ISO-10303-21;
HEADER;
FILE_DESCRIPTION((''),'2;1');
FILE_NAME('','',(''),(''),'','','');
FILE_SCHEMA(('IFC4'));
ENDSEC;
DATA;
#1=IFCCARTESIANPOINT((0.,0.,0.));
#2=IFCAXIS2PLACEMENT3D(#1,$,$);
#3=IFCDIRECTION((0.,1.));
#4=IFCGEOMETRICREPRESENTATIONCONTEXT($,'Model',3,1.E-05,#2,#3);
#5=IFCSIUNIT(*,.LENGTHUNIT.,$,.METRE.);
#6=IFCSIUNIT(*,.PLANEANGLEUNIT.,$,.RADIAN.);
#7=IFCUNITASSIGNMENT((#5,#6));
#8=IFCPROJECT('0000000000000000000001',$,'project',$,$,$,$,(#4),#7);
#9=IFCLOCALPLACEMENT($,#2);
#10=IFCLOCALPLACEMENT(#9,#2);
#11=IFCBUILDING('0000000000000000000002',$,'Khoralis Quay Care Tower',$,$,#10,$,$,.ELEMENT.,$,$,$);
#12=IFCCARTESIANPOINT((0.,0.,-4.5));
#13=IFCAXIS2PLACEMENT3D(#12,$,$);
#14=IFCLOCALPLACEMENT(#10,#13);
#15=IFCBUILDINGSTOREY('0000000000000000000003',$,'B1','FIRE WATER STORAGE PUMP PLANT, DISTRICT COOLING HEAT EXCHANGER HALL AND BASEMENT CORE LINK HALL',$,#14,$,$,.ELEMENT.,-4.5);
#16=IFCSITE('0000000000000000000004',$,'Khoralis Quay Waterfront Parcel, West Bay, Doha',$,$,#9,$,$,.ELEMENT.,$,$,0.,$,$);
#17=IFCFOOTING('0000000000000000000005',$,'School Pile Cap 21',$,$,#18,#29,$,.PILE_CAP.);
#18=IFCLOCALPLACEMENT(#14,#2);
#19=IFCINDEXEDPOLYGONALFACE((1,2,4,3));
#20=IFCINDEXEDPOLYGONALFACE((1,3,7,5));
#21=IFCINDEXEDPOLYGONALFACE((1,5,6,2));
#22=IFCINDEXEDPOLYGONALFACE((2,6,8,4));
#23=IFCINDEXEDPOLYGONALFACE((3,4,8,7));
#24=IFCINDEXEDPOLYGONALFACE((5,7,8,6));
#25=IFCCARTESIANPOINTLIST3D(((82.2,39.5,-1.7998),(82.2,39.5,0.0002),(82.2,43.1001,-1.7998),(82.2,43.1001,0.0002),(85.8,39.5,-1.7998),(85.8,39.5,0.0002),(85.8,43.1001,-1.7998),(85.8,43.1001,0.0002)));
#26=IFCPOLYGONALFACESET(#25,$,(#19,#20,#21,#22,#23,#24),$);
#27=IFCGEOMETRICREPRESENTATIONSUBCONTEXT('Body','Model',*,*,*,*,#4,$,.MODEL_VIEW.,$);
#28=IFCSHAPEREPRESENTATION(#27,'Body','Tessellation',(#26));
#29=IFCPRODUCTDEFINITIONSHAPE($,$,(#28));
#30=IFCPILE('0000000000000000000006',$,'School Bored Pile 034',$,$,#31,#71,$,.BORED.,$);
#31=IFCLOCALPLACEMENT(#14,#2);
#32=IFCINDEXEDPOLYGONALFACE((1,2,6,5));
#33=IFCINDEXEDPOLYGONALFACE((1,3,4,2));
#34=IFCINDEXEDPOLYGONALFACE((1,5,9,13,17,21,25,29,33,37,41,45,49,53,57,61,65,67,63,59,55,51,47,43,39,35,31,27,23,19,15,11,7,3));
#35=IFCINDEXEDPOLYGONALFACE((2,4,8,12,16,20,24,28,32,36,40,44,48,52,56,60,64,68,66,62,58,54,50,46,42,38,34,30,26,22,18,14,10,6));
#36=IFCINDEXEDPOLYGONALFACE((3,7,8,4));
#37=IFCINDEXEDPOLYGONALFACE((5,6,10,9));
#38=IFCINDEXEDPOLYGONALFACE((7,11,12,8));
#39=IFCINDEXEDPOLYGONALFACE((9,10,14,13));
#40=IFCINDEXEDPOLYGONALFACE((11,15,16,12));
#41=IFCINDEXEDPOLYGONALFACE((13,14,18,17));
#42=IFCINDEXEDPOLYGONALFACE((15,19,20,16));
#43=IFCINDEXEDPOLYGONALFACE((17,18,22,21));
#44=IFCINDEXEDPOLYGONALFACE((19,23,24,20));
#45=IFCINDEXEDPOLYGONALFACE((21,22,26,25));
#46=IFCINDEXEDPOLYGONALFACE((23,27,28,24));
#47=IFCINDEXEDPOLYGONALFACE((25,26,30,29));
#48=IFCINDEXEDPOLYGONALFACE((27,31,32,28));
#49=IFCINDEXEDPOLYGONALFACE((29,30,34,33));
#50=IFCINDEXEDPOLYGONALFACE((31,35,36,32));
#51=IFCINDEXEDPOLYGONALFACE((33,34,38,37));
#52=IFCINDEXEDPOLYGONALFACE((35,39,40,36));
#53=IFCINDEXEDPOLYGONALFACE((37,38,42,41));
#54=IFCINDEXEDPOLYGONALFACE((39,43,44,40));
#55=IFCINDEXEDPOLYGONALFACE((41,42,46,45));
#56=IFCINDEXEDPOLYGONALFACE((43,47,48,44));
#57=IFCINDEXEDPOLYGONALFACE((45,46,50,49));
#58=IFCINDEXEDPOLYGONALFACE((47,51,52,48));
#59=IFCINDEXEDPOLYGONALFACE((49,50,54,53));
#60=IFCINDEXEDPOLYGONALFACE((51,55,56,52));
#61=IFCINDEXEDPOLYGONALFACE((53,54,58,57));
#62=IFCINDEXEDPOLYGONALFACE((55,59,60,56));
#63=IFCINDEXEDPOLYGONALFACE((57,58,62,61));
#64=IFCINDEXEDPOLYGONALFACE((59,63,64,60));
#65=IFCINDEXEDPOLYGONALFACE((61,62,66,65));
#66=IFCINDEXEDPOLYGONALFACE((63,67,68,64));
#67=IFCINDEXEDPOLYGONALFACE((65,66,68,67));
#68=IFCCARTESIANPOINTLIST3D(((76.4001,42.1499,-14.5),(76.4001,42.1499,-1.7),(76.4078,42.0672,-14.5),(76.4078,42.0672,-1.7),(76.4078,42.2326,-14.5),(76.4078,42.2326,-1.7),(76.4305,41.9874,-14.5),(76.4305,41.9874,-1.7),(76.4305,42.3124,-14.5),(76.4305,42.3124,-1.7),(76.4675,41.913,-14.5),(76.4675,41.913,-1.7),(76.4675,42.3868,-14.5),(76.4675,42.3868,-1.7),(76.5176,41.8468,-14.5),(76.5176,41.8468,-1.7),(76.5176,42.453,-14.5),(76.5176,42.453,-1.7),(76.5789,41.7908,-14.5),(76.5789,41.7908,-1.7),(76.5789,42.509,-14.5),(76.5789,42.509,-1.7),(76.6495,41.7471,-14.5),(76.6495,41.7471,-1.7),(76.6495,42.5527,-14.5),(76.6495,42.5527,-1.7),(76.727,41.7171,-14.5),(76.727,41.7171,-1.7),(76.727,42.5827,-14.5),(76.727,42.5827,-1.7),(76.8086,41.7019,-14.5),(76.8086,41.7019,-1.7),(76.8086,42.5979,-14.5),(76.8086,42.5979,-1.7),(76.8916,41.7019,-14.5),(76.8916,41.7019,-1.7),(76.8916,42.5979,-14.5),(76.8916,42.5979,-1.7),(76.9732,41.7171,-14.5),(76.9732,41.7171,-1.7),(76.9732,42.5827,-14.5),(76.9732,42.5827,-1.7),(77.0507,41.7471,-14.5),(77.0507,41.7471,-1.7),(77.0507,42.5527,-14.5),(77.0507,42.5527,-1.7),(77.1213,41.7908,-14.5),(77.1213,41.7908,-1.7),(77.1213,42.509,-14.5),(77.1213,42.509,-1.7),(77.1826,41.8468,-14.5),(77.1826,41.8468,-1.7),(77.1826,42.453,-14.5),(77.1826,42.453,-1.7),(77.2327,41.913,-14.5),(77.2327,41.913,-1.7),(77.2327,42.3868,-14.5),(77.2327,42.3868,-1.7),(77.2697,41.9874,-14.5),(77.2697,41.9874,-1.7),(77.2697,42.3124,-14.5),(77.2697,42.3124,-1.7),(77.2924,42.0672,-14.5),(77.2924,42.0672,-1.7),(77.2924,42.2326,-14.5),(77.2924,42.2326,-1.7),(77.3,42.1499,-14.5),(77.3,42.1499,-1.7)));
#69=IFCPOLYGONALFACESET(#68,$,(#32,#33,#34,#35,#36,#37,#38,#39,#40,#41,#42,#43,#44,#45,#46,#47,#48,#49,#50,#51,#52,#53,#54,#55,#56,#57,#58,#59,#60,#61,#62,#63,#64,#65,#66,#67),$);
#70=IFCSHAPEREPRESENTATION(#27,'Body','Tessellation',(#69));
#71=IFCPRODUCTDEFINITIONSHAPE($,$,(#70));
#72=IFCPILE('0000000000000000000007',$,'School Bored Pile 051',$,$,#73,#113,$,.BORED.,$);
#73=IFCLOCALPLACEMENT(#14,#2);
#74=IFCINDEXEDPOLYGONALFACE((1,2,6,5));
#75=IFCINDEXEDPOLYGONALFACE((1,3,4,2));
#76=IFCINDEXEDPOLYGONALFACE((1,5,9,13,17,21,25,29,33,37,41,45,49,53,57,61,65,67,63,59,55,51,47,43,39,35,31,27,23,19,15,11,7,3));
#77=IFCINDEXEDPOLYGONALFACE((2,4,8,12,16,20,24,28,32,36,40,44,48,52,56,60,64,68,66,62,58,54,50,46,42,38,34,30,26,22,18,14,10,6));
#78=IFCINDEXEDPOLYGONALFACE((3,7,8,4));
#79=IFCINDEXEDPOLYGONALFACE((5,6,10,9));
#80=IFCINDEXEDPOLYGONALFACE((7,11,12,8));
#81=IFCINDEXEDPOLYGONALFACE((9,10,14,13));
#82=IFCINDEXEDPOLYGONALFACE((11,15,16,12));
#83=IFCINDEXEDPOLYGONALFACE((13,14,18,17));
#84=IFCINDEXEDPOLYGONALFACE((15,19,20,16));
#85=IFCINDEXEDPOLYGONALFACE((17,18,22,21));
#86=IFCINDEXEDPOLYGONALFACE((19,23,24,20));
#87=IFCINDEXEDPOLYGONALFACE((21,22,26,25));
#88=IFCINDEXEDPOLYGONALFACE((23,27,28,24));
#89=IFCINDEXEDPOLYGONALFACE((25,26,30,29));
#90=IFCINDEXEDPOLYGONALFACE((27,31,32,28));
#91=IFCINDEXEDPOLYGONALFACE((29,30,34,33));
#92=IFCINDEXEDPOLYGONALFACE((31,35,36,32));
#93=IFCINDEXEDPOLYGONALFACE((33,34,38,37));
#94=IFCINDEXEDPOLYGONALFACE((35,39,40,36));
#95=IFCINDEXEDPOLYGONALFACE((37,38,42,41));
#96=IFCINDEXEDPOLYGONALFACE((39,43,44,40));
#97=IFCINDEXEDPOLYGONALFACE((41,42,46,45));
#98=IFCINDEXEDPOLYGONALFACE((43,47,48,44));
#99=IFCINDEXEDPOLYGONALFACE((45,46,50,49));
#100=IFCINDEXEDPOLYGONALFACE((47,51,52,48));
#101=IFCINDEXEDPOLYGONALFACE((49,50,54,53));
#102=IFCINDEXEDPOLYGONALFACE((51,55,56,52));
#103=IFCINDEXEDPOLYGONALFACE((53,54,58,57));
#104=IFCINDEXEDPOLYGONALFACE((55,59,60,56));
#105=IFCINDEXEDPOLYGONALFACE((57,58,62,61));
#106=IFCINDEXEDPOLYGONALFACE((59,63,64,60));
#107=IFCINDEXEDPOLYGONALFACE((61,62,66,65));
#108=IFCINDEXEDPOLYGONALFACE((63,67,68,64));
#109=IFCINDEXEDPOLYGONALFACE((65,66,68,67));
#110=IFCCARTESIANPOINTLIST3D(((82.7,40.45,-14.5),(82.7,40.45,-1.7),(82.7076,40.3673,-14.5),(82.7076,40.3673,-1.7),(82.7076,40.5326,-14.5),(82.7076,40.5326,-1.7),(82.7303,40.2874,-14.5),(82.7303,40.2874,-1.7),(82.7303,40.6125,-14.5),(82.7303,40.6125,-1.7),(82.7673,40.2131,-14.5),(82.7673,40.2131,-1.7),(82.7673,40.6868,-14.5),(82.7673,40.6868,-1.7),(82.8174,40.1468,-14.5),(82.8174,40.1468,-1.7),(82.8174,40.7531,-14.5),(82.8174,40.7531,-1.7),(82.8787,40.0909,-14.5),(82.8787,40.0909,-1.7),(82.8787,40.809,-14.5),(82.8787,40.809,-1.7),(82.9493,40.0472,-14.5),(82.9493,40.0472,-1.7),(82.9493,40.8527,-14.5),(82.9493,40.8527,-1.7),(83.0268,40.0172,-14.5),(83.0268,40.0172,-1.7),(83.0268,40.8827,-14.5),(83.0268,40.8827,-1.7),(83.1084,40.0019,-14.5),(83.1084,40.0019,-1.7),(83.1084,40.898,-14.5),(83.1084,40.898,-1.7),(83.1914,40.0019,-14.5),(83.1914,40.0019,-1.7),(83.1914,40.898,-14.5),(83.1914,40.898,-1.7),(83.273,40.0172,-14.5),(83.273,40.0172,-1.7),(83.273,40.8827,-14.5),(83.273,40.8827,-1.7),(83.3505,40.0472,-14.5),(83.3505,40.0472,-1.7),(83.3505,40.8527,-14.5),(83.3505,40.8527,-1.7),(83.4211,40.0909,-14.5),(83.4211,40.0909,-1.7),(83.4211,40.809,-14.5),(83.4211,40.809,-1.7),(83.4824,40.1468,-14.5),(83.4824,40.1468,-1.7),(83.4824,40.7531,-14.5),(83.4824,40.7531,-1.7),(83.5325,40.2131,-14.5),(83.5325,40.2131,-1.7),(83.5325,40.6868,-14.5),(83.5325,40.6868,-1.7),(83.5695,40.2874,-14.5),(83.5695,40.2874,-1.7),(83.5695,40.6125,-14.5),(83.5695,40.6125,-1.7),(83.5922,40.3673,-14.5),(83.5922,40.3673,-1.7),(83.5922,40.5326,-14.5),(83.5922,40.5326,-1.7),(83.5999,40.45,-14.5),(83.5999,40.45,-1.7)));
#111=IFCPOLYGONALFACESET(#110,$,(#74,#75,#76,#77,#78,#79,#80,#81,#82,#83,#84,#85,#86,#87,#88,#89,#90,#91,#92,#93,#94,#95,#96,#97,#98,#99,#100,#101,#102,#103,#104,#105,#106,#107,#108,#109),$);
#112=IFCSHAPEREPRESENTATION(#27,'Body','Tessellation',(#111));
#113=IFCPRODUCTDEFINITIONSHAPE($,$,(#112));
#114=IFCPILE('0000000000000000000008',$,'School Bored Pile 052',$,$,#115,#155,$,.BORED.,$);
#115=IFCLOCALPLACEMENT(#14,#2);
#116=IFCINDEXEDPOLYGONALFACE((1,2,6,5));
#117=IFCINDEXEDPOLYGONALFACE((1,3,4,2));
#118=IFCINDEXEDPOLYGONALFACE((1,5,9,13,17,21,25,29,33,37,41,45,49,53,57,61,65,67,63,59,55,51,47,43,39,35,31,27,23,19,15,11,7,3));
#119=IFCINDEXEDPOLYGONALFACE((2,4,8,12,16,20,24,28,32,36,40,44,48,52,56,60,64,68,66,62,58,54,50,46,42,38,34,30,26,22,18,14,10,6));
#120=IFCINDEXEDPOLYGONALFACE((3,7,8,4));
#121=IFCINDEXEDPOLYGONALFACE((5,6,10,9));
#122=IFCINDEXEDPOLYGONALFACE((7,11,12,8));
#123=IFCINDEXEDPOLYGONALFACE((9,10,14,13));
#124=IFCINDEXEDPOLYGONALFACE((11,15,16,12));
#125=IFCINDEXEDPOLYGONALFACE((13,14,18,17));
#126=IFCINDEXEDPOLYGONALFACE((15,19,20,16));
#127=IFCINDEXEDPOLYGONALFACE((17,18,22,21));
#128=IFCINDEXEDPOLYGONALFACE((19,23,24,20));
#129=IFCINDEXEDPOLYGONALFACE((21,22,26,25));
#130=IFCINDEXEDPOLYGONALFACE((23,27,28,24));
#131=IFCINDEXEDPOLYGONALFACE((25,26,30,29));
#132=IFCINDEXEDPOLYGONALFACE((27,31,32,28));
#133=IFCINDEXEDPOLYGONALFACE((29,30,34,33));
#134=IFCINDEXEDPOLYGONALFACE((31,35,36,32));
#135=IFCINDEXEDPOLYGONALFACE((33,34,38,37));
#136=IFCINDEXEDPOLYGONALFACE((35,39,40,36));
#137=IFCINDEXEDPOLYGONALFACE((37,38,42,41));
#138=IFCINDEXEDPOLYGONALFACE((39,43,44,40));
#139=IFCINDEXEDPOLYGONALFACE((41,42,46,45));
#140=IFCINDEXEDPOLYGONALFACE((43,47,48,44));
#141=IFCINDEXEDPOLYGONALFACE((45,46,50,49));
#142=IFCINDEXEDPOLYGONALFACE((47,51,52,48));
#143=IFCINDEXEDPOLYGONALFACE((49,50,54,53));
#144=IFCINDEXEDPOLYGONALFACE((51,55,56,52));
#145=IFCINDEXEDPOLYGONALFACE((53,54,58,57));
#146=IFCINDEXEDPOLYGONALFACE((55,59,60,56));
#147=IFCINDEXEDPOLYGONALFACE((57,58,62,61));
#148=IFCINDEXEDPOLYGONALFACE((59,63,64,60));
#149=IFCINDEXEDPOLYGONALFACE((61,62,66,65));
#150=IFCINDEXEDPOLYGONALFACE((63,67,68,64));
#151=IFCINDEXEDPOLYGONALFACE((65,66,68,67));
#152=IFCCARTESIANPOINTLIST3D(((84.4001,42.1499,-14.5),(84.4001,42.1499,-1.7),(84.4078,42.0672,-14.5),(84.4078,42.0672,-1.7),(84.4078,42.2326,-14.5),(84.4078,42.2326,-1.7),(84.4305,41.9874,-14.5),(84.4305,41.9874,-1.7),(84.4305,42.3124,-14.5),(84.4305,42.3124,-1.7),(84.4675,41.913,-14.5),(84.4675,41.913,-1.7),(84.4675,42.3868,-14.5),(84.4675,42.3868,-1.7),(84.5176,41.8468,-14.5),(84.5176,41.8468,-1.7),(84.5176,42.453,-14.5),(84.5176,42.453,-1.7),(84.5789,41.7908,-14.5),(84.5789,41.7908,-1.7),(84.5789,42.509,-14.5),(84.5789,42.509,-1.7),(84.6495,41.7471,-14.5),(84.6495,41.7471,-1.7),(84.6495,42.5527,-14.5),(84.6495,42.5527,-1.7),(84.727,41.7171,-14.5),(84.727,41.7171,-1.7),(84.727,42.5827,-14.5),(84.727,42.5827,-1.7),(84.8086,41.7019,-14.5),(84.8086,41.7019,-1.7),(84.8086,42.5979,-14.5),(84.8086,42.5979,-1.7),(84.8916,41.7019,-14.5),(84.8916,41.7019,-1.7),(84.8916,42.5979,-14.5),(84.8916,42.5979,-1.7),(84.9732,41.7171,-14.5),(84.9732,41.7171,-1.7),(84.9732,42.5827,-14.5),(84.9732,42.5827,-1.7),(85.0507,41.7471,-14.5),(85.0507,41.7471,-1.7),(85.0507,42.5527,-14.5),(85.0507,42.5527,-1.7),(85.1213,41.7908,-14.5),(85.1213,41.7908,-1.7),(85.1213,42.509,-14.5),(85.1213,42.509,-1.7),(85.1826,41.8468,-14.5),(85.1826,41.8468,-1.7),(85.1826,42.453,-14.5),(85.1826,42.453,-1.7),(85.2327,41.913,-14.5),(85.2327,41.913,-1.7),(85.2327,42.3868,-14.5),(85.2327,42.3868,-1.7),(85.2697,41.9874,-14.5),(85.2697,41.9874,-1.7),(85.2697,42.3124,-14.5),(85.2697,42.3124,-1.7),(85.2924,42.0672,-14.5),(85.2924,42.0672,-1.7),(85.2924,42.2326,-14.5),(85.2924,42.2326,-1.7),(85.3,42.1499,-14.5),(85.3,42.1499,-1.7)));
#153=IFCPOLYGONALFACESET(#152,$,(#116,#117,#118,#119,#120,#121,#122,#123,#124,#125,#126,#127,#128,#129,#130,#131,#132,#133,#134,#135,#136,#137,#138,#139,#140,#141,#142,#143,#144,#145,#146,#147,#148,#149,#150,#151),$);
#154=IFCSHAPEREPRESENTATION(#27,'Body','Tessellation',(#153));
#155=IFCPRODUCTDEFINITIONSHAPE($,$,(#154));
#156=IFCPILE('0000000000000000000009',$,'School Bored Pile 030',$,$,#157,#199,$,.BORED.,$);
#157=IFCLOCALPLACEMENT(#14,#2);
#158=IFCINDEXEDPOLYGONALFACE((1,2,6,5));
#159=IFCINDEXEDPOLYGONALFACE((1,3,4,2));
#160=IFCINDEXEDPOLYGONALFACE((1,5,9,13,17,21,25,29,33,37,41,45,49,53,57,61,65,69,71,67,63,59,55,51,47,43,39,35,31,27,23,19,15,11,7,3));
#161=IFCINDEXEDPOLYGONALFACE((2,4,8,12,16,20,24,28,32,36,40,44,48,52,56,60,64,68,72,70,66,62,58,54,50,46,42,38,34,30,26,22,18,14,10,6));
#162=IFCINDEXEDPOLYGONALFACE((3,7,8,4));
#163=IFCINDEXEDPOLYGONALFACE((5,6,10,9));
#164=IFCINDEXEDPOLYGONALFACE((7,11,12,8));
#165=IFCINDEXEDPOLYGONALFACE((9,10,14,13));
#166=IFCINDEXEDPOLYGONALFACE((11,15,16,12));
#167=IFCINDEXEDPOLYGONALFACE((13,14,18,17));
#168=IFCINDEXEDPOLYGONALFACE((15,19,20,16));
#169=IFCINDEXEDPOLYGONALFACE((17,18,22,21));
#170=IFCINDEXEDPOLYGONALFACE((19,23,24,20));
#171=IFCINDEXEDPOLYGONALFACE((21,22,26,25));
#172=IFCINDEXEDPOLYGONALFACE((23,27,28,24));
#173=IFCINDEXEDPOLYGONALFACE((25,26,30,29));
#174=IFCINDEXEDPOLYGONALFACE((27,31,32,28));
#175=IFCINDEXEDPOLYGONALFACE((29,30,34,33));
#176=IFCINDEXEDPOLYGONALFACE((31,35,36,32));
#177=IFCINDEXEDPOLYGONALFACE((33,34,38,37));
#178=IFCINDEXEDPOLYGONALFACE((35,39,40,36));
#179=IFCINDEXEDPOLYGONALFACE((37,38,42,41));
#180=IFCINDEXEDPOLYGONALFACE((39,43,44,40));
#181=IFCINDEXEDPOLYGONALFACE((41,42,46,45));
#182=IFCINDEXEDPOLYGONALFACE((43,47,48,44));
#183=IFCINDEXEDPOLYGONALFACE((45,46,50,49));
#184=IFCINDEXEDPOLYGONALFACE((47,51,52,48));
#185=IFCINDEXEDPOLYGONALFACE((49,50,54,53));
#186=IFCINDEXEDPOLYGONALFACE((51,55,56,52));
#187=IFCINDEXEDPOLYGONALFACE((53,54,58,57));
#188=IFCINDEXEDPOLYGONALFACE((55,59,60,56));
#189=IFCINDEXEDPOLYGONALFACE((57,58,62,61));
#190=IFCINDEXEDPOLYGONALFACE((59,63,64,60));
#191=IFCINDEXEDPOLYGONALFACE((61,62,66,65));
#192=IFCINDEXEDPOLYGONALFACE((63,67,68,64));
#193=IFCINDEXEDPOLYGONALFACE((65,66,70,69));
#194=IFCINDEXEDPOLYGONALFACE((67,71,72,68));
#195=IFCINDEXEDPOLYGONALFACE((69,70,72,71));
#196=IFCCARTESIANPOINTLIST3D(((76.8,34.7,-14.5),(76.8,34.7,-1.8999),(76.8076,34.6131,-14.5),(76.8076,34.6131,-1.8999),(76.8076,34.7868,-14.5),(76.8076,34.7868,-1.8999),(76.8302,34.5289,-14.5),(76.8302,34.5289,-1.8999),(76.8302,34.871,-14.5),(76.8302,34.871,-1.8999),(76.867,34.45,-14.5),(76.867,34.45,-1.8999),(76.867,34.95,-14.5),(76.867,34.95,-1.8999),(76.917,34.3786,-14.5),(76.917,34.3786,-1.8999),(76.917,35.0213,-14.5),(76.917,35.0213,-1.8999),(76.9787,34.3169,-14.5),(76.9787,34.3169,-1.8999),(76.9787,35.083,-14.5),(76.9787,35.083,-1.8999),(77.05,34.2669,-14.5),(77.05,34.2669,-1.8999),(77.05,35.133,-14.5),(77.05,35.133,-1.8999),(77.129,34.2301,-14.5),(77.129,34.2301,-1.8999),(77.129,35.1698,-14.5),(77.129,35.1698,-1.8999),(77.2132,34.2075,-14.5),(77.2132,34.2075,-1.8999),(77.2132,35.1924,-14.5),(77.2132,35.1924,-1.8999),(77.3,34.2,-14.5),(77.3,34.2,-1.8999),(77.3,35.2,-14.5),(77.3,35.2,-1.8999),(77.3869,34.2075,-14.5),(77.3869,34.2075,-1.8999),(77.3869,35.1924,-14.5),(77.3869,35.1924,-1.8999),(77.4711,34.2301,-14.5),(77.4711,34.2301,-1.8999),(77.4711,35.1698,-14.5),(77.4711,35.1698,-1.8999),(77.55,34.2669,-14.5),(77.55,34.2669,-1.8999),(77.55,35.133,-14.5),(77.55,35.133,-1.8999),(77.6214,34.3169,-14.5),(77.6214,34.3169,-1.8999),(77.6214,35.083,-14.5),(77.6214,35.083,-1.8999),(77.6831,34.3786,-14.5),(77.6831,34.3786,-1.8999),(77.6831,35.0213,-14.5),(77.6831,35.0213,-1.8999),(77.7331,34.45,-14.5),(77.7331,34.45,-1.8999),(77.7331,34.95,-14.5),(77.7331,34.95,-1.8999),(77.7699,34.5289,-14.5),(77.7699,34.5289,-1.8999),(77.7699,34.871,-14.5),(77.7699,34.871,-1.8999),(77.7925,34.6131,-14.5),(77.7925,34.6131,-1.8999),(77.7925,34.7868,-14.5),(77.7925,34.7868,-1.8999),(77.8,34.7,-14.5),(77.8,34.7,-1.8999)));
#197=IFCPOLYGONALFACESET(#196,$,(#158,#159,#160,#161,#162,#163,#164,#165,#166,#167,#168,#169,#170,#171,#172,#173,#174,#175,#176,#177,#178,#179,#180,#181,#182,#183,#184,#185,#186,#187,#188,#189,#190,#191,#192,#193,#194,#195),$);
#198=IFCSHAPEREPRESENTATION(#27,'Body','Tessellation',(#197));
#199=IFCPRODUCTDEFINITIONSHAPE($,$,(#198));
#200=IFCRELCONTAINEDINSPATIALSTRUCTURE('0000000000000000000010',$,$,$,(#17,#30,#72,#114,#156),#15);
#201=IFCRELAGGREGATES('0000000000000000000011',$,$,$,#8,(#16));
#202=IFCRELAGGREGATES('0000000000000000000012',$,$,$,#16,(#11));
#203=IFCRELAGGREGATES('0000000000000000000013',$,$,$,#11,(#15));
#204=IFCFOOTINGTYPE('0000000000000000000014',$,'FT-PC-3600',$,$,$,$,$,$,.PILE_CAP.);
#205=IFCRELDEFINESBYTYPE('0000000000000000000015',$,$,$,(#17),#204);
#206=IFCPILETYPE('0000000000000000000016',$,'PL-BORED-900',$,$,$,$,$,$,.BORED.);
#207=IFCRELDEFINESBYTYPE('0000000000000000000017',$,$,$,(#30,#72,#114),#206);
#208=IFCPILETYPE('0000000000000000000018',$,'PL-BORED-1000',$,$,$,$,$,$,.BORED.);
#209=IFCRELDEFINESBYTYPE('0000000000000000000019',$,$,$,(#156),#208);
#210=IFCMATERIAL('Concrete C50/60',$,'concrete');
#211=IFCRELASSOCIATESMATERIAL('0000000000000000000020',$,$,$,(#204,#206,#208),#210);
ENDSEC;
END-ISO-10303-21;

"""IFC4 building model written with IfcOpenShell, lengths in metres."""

from ifc_helpers import new_model, si_unit, direction, frame, origin, origin_2d, place, context, subcontext, project, spatial, rectangle, circle, extrude, source, transform, mapped, material, material_profile, profile_set, type_object, element, save


model = new_model("IFC4")

# Units and contexts
model_context = context("Model", 3, precision=1e-05, world=origin(), true_north=direction((0.0, 1.0)))
body_context = subcontext(model_context, "Body", "Model", "MODEL_VIEW")
ifc_project = project(units=[si_unit("LENGTHUNIT", "METRE"), si_unit("PLANEANGLEUNIT", "RADIAN")], contexts=[model_context])

# Site, building, storey
site_placement = place(None, origin())
site = spatial("IfcSite", under=ifc_project, at=site_placement, Name="Khoralis Quay Waterfront Parcel, West Bay, Doha", CompositionType="ELEMENT", RefElevation=0.0)
building_placement = place(site_placement, origin())
building = spatial("IfcBuilding", under=site, at=building_placement, Name="Khoralis Quay Care Tower", CompositionType="ELEMENT")
storey_placement = place(building_placement, frame((0.0, 0.0, -4.5)))
storey = spatial("IfcBuildingStorey", under=building, at=storey_placement, Name="B1", Description="FIRE WATER STORAGE PUMP PLANT, DISTRICT COOLING HEAT EXCHANGER HALL AND BASEMENT CORE LINK HALL", CompositionType="ELEMENT", Elevation=-4.5)

# Footing
ifc_material_1 = material(Name="Concrete C50/60", Category="concrete")
footing_type_1 = type_object("IfcFootingType", Name="FT-PC-3600", PredefinedType="PILE_CAP", material=ifc_material_1)
shared_shape_1 = source(origin(), body_context, "Body", "SweptSolid", [
    extrude(rectangle(XDim=3.6001, YDim=3.6001, at=origin_2d()), origin(), (0.0, 0.0, 1.0), 1.8),
])
footing_1_placement = place(storey_placement, frame((84.0, 41.3, -1.7998), z_axis=(0.0, 0.0, 1.0), x_axis=(1.0, 0.0, 0.0)))
element("IfcFooting", 1, at=footing_1_placement, inside=storey, type_object=footing_type_1, Name="School Pile Cap 21", PredefinedType="PILE_CAP", context=body_context, shape_type="MappedRepresentation", body=[
    mapped(shared_shape_1, transform((0.0, 0.0, 0.0), scale=1.0)),
])

# Piles
ifc_material_profile_1 = material_profile(ifc_material_1, circle(Radius=0.45, at=origin_2d()), Name="Concrete C50/60")
ifc_profile_set_1 = profile_set([ifc_material_profile_1], Name="Concrete C50/60")
pile_type_1 = type_object("IfcPileType", Name="PL-BORED-900", PredefinedType="BORED", material=ifc_profile_set_1)
shared_shape_2 = source(origin(), body_context, "Body", "SweptSolid", [
    extrude(circle(Radius=0.45, at=origin_2d()), origin(), (0.0, 0.0, 1.0), 12.8),
])
for number, where, z_axis, x_axis, name in (
    (2, (76.8501, 42.1499, -1.7), (0.0, 0.0, -1.0), (1.0, 0.0, 0.0), "School Bored Pile 034"),
    (3, (83.1499, 40.45, -1.7), (0.0, 0.0, -1.0), (1.0, 0.0, 0.0), "School Bored Pile 051"),
    (4, (84.8501, 42.1499, -1.7), (0.0, 0.0, -1.0), (1.0, 0.0, 0.0), "School Bored Pile 052"),
):
    element("IfcPile", number, at=place(storey_placement, frame(where, z_axis=z_axis, x_axis=x_axis)), inside=storey, type_object=pile_type_1, Name=name, PredefinedType="BORED", context=body_context, shape_type="MappedRepresentation", body=[
        mapped(shared_shape_2, transform((0.0, 0.0, 0.0), scale=1.0)),
    ])
ifc_material_profile_2 = material_profile(ifc_material_1, circle(Radius=0.5, at=origin_2d()), Name="Concrete C50/60")
ifc_profile_set_2 = profile_set([ifc_material_profile_2], Name="Concrete C50/60")
pile_type_2 = type_object("IfcPileType", Name="PL-BORED-1000", PredefinedType="BORED", material=ifc_profile_set_2)
shared_shape_3 = source(origin(), body_context, "Body", "SweptSolid", [
    extrude(circle(Radius=0.5, at=origin_2d()), origin(), (0.0, 0.0, 1.0), 12.6001),
])
for number, where, z_axis, x_axis, name in (
    (5, (77.3, 34.7, -1.8999), (0.0, 0.0, -1.0), (1.0, 0.0, 0.0), "School Bored Pile 030"),
):
    element("IfcPile", number, at=place(storey_placement, frame(where, z_axis=z_axis, x_axis=x_axis)), inside=storey, type_object=pile_type_2, Name=name, PredefinedType="BORED", context=body_context, shape_type="MappedRepresentation", body=[
        mapped(shared_shape_3, transform((0.0, 0.0, 0.0), scale=1.0)),
    ])

save(model, "model.ifc")
